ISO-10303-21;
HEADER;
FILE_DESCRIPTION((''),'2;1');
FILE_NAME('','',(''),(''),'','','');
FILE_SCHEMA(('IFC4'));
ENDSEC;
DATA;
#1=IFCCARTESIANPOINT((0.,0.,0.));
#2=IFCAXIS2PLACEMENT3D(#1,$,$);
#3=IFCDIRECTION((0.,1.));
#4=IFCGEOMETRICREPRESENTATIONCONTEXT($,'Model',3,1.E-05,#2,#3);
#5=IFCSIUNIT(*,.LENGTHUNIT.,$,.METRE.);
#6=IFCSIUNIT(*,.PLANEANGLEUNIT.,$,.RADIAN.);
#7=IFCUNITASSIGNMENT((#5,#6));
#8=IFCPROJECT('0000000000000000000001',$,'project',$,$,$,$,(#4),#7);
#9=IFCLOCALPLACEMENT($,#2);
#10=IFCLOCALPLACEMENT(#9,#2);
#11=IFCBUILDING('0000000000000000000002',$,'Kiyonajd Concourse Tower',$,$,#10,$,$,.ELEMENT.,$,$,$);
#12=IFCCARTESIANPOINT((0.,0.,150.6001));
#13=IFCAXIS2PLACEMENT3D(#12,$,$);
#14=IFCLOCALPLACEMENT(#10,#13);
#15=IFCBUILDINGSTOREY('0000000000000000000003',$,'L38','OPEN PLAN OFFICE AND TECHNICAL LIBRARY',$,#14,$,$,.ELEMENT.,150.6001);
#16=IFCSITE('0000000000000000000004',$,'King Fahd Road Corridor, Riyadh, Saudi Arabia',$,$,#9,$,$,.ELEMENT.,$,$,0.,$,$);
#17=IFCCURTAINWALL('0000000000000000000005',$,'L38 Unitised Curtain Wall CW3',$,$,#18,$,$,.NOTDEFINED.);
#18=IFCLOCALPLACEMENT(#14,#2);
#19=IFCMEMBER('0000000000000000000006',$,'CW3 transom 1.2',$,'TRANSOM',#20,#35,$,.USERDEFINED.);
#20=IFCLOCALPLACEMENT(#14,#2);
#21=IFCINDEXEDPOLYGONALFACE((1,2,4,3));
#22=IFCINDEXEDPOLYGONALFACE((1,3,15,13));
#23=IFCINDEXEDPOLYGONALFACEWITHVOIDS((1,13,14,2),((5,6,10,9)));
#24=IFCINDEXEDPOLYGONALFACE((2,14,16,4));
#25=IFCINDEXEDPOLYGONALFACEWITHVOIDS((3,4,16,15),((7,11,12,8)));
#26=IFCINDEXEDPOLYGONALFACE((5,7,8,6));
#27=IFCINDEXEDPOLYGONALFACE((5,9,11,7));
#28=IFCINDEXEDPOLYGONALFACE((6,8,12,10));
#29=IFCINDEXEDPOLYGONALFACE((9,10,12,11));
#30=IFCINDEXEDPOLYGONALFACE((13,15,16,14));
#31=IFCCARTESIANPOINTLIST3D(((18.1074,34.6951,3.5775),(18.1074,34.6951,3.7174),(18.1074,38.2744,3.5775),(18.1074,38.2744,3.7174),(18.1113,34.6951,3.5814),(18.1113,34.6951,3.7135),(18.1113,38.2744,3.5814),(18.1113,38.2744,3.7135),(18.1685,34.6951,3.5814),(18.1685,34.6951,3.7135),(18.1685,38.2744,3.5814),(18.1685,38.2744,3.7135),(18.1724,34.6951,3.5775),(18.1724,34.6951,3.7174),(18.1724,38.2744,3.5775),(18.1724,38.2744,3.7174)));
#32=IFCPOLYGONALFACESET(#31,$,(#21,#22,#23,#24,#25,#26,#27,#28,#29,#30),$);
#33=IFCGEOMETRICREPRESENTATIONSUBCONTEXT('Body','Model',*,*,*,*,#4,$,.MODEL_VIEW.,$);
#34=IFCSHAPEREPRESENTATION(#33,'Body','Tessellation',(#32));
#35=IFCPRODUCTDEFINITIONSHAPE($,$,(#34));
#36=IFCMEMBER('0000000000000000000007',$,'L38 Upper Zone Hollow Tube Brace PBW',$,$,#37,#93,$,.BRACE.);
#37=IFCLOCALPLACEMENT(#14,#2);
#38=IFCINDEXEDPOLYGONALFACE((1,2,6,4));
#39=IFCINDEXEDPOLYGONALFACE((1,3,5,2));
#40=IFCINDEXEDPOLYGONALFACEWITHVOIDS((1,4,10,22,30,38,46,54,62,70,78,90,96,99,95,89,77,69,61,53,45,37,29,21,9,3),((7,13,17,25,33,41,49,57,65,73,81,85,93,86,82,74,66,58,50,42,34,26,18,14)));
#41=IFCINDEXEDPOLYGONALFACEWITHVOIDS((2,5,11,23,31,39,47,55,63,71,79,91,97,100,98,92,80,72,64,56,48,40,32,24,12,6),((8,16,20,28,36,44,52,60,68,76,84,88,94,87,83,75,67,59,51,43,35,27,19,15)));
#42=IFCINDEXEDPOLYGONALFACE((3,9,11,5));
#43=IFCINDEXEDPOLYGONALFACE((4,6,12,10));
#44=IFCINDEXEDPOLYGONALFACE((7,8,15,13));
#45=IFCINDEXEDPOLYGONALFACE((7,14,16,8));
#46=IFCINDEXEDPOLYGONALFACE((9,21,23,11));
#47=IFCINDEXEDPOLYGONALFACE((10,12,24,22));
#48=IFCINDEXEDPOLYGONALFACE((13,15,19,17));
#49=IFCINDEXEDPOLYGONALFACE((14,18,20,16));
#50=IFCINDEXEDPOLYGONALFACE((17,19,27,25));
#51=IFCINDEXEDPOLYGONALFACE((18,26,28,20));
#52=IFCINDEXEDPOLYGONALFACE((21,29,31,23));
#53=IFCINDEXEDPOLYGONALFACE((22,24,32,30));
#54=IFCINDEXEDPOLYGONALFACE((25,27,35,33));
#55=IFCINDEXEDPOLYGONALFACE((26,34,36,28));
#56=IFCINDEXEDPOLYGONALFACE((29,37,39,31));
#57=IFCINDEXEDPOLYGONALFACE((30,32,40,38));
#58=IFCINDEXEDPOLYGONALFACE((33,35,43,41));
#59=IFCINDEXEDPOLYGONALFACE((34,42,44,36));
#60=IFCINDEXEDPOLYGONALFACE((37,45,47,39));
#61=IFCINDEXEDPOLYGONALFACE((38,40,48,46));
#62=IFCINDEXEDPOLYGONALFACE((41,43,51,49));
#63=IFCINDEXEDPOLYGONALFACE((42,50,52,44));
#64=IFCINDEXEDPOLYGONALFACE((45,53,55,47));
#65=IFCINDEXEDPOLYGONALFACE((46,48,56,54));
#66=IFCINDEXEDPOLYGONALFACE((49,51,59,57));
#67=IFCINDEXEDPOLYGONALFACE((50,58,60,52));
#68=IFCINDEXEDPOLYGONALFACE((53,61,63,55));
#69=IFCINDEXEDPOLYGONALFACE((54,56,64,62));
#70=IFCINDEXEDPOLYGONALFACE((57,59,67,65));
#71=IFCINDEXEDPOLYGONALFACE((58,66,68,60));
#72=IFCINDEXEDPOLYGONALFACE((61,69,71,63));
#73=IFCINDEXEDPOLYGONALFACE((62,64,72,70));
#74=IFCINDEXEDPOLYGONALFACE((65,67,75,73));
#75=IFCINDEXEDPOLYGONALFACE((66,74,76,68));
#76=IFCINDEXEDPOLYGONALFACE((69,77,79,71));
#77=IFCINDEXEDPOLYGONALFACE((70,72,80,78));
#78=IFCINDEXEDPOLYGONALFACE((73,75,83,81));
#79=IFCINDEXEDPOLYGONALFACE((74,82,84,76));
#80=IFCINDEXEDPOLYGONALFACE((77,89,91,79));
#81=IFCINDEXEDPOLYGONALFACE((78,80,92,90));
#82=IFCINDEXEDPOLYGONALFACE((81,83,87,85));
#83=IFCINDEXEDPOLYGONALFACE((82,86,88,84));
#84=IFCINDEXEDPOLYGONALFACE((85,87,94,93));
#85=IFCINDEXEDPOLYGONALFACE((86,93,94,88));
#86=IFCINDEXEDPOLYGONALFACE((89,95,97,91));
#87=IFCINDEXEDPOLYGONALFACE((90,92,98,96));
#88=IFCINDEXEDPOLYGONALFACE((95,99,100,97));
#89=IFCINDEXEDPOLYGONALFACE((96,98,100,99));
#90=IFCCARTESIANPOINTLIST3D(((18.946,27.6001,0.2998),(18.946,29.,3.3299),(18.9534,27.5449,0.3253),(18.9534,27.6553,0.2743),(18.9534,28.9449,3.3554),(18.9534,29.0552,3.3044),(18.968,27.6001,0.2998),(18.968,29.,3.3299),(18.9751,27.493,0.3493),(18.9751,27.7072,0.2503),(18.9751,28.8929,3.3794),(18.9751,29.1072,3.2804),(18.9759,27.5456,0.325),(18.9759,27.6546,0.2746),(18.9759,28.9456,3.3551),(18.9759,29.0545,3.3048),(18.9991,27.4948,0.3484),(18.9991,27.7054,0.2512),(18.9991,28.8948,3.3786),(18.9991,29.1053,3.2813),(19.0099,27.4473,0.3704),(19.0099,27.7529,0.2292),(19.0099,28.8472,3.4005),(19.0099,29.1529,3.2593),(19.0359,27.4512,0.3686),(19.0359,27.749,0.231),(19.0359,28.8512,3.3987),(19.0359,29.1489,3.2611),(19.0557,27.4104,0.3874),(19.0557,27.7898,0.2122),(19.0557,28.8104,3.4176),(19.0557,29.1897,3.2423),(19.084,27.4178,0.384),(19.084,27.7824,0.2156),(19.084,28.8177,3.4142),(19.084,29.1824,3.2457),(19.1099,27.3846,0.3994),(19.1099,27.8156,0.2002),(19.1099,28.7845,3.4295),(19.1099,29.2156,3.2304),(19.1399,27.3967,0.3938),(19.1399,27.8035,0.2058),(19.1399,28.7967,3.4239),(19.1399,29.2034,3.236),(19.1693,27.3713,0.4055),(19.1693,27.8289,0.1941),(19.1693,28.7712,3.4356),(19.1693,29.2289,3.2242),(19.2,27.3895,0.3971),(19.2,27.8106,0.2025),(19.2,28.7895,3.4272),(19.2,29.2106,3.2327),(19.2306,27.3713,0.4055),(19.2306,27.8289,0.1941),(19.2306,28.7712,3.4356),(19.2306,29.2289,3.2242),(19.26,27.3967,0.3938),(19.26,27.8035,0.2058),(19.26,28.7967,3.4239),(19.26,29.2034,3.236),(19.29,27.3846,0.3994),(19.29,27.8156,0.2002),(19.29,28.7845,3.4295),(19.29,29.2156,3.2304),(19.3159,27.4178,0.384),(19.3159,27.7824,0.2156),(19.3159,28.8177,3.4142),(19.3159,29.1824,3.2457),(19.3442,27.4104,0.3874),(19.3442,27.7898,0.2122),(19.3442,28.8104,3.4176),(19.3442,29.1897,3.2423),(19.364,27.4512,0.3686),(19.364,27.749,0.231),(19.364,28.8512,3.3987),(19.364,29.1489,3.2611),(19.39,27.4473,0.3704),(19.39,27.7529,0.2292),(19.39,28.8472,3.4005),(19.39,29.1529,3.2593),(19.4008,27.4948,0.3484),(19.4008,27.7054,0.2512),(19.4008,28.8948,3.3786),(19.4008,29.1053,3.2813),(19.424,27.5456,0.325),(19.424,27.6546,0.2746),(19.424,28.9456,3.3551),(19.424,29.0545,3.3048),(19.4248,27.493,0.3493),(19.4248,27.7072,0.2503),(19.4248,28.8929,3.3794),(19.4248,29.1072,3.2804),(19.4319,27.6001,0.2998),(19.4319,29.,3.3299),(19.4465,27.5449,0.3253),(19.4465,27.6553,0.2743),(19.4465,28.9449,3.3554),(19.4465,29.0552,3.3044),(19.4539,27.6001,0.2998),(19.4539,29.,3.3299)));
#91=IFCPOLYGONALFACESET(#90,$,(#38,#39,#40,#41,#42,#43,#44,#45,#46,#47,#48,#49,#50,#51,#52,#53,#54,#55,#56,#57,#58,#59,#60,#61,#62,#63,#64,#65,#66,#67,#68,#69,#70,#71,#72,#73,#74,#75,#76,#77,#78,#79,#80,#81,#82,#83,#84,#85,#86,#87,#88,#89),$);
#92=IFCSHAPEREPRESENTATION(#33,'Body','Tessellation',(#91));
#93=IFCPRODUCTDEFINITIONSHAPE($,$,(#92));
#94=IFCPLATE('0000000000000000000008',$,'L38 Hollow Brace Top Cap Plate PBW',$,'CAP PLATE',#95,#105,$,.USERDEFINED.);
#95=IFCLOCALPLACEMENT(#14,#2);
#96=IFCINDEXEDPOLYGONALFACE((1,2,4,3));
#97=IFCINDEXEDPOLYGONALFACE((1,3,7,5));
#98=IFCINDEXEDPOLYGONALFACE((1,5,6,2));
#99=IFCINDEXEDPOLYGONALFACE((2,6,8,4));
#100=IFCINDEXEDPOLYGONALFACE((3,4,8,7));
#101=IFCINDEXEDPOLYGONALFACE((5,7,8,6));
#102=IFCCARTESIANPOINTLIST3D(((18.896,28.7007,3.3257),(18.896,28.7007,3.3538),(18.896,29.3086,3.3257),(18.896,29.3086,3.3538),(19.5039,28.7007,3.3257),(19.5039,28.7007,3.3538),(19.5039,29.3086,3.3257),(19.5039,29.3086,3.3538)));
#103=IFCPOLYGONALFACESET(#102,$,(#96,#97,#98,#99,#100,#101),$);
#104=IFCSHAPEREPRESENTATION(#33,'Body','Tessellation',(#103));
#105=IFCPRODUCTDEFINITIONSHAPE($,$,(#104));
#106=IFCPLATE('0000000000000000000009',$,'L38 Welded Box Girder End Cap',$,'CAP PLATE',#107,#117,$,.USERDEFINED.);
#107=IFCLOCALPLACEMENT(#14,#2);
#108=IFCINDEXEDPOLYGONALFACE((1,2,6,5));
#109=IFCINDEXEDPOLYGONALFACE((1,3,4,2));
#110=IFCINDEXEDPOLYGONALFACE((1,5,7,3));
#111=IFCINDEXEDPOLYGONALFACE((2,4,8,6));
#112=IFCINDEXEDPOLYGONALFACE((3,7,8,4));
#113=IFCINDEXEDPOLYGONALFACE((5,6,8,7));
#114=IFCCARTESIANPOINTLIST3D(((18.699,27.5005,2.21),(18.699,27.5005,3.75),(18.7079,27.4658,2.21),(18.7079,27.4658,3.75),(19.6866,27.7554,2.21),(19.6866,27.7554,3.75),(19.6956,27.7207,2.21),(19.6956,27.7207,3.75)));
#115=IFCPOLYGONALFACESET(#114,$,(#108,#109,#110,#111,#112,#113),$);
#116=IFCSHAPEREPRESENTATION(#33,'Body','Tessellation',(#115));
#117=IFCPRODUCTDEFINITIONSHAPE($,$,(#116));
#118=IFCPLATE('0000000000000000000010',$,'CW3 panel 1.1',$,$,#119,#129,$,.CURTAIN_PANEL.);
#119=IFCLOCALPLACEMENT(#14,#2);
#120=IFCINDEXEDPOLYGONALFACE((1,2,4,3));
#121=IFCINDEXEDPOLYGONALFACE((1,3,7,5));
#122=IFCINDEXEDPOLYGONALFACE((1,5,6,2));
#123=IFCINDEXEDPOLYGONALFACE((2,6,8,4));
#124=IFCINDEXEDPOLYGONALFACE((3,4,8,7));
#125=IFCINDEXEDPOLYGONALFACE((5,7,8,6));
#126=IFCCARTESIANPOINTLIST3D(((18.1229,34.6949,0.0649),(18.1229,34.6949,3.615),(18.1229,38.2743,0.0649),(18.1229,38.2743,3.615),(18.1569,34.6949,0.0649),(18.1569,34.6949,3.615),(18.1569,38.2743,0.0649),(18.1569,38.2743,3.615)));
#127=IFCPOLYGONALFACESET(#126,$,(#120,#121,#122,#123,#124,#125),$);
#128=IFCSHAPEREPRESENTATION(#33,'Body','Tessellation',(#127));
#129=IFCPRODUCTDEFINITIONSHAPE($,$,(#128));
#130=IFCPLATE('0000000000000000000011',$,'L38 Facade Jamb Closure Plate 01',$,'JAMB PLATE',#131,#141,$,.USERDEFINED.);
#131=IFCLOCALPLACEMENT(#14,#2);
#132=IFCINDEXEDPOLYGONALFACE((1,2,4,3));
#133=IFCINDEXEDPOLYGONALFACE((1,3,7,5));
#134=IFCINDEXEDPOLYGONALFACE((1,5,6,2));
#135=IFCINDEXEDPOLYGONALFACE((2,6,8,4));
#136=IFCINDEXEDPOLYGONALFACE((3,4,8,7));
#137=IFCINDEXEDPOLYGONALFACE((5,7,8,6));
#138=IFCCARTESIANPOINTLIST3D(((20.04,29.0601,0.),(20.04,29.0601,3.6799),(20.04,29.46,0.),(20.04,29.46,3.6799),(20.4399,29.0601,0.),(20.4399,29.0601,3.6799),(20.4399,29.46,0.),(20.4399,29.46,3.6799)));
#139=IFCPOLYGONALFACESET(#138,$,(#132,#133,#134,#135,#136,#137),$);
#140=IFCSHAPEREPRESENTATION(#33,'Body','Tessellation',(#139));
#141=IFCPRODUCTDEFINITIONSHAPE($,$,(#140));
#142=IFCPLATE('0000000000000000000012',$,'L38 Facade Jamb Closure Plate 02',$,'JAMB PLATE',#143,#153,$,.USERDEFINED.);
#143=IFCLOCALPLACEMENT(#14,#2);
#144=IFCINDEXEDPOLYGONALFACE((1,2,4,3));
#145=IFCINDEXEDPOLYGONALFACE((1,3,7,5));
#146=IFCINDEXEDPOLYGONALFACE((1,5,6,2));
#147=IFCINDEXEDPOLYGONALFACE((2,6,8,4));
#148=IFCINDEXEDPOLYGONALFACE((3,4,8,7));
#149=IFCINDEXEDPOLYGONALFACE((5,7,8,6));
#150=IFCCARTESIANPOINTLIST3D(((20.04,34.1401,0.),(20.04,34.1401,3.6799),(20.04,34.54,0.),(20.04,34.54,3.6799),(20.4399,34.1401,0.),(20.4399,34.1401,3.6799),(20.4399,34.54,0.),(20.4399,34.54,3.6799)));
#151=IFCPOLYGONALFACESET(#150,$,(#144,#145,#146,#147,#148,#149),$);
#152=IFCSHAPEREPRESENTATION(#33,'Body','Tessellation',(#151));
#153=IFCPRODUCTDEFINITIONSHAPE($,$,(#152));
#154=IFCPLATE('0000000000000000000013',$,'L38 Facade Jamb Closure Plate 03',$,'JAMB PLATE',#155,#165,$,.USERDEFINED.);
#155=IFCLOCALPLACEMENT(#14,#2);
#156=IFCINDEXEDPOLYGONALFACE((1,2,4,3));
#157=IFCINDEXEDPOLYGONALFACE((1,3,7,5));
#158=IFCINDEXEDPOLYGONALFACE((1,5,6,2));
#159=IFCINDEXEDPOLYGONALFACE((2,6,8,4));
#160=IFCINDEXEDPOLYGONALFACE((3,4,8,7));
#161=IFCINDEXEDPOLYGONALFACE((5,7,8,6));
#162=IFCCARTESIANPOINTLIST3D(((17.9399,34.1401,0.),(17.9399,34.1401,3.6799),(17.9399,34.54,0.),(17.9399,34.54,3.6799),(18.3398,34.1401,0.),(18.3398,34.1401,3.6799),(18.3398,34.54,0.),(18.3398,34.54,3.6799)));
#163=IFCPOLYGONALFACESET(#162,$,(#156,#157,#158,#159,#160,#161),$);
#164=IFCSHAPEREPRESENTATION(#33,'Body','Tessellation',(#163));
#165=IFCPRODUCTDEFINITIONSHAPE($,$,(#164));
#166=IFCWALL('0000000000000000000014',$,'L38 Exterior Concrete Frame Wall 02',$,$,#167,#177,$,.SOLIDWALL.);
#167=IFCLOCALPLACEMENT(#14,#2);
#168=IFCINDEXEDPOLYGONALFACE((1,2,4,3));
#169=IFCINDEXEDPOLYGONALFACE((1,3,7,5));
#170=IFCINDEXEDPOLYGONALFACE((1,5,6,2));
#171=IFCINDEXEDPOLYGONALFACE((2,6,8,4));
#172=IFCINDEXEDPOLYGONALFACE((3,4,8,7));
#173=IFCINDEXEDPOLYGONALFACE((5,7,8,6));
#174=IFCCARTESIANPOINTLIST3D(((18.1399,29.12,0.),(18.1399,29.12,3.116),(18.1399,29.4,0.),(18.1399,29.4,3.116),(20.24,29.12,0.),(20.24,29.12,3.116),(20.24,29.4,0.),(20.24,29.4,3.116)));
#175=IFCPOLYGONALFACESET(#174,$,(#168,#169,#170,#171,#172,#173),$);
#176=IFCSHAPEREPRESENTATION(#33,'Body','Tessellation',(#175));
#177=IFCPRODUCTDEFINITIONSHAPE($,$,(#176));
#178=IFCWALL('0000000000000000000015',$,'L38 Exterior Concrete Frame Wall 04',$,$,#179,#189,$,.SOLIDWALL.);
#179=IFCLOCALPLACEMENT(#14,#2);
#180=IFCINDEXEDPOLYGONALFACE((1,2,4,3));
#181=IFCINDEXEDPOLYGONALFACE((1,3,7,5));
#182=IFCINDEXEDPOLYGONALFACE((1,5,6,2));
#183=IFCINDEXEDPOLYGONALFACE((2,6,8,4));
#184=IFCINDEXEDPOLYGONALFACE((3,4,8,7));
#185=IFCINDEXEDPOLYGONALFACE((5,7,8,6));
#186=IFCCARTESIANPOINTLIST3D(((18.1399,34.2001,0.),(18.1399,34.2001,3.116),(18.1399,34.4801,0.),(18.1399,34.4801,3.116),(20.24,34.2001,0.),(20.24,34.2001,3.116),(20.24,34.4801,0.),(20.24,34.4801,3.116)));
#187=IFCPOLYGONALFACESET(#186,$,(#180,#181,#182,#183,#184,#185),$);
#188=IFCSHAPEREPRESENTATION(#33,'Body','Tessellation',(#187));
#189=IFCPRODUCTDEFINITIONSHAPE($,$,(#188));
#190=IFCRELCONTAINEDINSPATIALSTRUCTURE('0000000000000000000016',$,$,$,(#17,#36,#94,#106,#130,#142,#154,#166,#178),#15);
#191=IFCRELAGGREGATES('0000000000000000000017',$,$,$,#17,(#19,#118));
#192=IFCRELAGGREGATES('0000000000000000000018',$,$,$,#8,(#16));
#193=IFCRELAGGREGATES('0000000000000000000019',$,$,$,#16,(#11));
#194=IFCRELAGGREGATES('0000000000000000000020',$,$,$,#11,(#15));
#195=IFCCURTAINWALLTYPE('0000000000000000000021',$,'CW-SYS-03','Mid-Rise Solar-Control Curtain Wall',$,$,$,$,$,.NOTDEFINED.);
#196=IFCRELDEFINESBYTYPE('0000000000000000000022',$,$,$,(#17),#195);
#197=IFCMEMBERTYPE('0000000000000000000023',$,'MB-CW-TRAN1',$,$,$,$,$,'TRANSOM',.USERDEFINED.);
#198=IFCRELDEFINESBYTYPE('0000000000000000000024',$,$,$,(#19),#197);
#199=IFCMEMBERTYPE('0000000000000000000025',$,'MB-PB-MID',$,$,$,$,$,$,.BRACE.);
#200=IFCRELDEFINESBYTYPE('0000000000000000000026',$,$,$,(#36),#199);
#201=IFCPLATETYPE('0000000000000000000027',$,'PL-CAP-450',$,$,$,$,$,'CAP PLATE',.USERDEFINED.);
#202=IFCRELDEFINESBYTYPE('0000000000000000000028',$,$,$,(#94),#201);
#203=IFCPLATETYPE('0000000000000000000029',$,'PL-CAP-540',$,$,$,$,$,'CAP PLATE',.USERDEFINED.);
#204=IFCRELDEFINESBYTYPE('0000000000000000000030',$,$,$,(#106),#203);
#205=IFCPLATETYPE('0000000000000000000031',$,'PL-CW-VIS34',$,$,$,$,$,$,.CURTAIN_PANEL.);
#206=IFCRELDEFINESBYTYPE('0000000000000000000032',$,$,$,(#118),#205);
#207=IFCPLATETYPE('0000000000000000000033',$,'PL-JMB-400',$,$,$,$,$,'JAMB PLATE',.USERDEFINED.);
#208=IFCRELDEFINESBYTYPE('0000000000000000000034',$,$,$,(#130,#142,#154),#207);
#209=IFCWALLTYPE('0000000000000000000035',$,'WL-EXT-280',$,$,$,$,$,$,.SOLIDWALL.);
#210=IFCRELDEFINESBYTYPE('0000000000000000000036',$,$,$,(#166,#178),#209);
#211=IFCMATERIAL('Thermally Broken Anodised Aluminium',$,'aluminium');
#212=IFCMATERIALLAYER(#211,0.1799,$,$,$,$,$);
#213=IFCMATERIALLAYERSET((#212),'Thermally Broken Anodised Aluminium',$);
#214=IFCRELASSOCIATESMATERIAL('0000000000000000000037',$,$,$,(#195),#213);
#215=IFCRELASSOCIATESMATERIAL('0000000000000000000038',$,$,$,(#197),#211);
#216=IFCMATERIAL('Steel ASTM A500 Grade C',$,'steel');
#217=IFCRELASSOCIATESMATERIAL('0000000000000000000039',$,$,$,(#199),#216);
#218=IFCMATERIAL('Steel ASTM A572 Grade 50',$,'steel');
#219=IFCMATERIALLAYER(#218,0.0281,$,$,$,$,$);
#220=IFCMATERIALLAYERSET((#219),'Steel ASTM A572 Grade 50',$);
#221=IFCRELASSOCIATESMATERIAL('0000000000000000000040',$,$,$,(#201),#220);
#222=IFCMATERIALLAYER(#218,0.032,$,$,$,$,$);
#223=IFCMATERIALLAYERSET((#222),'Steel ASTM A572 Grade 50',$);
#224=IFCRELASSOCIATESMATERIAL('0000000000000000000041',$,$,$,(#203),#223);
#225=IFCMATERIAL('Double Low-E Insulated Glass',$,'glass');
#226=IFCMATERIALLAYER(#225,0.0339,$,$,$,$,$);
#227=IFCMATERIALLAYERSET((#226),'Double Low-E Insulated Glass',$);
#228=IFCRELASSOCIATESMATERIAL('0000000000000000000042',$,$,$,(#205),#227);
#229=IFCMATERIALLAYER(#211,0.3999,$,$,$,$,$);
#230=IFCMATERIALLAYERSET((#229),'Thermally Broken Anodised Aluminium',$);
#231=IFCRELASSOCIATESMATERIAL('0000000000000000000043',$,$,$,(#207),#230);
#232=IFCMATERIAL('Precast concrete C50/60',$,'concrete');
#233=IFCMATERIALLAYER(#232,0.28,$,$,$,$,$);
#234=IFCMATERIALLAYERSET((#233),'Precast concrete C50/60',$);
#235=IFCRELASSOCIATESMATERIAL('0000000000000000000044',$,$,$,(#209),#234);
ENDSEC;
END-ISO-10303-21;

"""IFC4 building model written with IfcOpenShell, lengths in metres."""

from ifc_helpers import new_model, si_unit, direction, frame, frame_2d, origin, origin_2d, place, context, subcontext, project, spatial, rectangle, hollow_rectangle, hollow_circle, extrude, material, layer, layer_set, material_profile, profile_set, type_object, element, aggregate, save


model = new_model("IFC4")

# Units and contexts
model_context = context("Model", 3, precision=1e-05, world=origin(), true_north=direction((0.0, 1.0)))
body_context = subcontext(model_context, "Body", "Model", "MODEL_VIEW")
ifc_project = project(units=[si_unit("LENGTHUNIT", "METRE"), si_unit("PLANEANGLEUNIT", "RADIAN")], contexts=[model_context])

# Site, building, storey
site_placement = place(None, origin())
site = spatial("IfcSite", under=ifc_project, at=site_placement, Name="King Fahd Road Corridor, Riyadh, Saudi Arabia", CompositionType="ELEMENT", RefElevation=0.0)
building_placement = place(site_placement, origin())
building = spatial("IfcBuilding", under=site, at=building_placement, Name="Kiyonajd Concourse Tower", CompositionType="ELEMENT")
storey_placement = place(building_placement, frame((0.0, 0.0, 150.6001)))
storey = spatial("IfcBuildingStorey", under=building, at=storey_placement, Name="L38", Description="OPEN PLAN OFFICE AND TECHNICAL LIBRARY", CompositionType="ELEMENT", Elevation=150.6001)

# Shared definitions
ifc_material_1 = material(Name="Steel ASTM A572 Grade 50", Category="steel")

# Curtain wall, member
ifc_material_2 = material(Name="Thermally Broken Anodised Aluminium", Category="aluminium")
ifc_layer_1 = layer(ifc_material_2, 0.1799)
ifc_layer_set_1 = layer_set([ifc_layer_1], Name="Thermally Broken Anodised Aluminium")
curtain_wall_type = type_object("IfcCurtainWallType", Name="CW-SYS-03", Description="Mid-Rise Solar-Control Curtain Wall", PredefinedType="NOTDEFINED", material=ifc_layer_set_1)
curtain_wall_placement = place(storey_placement, origin())
curtain_wall = element("IfcCurtainWall", 1, at=curtain_wall_placement, inside=storey, type_object=curtain_wall_type, Name="L38 Unitised Curtain Wall CW3", PredefinedType="NOTDEFINED")
ifc_material_profile_1 = material_profile(ifc_material_2, hollow_rectangle(XDim=0.0649, YDim=0.1399, WallThickness=0.0039, at=origin_2d()), Name="TRAN-65x140")
ifc_profile_set_1 = profile_set([ifc_material_profile_1], Name="Thermally Broken Anodised Aluminium")
member_type_1 = type_object("IfcMemberType", Name="MB-CW-TRAN1", ElementType="TRANSOM", PredefinedType="USERDEFINED", material=ifc_profile_set_1)
member_1_placement = place(storey_placement, frame((18.1399, 34.6951, 3.6475), z_axis=(0.0, 1.0, 0.0), x_axis=(-1.0, 0.0, 0.0)))
member_1 = element("IfcMember", 2, at=member_1_placement, type_object=member_type_1, Name="CW3 transom 1.2", ObjectType="TRANSOM", PredefinedType="USERDEFINED", context=body_context, shape_type="SweptSolid", body=[
    extrude(hollow_rectangle(XDim=0.0649, YDim=0.1399, WallThickness=0.0039, at=origin_2d()), origin(), (0.0, 0.0, 1.0), 3.5793),
])

# Member
ifc_material_3 = material(Name="Steel ASTM A500 Grade C", Category="steel")
ifc_material_profile_2 = material_profile(ifc_material_3, hollow_circle(Radius=0.2539, WallThickness=0.022, at=origin_2d()), Name="CHS-508x22")
ifc_profile_set_2 = profile_set([ifc_material_profile_2], Name="Steel ASTM A500 Grade C")
member_type_2 = type_object("IfcMemberType", Name="MB-PB-MID", PredefinedType="BRACE", material=ifc_profile_set_2)
member_2_placement = place(storey_placement, frame((19.2, 27.6001, 0.2998), z_axis=(0.0, 0.419411, 0.907797), x_axis=(-1.0, 0.0, 0.0)))
element("IfcMember", 3, at=member_2_placement, inside=storey, type_object=member_type_2, Name="L38 Upper Zone Hollow Tube Brace PBW", PredefinedType="BRACE", context=body_context, shape_type="SweptSolid", body=[
    extrude(hollow_circle(Radius=0.2539, WallThickness=0.022, at=origin_2d()), origin(), (0.0, 0.0, 1.0), 3.3379),
])

# Plates
ifc_layer_2 = layer(ifc_material_1, 0.0281)
ifc_layer_set_2 = layer_set([ifc_layer_2], Name="Steel ASTM A572 Grade 50")
plate_type_1 = type_object("IfcPlateType", Name="PL-CAP-450", ElementType="CAP PLATE", PredefinedType="USERDEFINED", material=ifc_layer_set_2)
plate_1_placement = place(storey_placement, frame((19.2, 29.0046, 3.3257), z_axis=(0.0, 0.0, 1.0), x_axis=(1.0, 0.0, 0.0)))
element("IfcPlate", 4, at=plate_1_placement, inside=storey, type_object=plate_type_1, Name="L38 Hollow Brace Top Cap Plate PBW", ObjectType="CAP PLATE", PredefinedType="USERDEFINED", context=body_context, shape_type="SweptSolid", body=[
    extrude(rectangle(XDim=0.6079, YDim=0.6079, at=origin_2d()), origin(), (0.0, 0.0, 1.0), 0.0281),
])
ifc_layer_3 = layer(ifc_material_1, 0.032)
ifc_layer_set_3 = layer_set([ifc_layer_3], Name="Steel ASTM A572 Grade 50")
plate_type_2 = type_object("IfcPlateType", Name="PL-CAP-540", ElementType="CAP PLATE", PredefinedType="USERDEFINED", material=ifc_layer_set_3)
plate_2_placement = place(storey_placement, frame((19.1973, 27.6106, 2.21), z_axis=(0.0, 0.0, 1.0), x_axis=(-0.249873, 0.968279, 0.0)))
element("IfcPlate", 5, at=plate_2_placement, inside=storey, type_object=plate_type_2, Name="L38 Welded Box Girder End Cap", ObjectType="CAP PLATE", PredefinedType="USERDEFINED", context=body_context, shape_type="SweptSolid", body=[
    extrude(rectangle(XDim=0.0359, YDim=1.02, at=origin_2d()), origin(), (0.0, 0.0, 1.0), 1.54),
])

# Plate
ifc_material_4 = material(Name="Double Low-E Insulated Glass", Category="glass")
ifc_layer_4 = layer(ifc_material_4, 0.0339)
ifc_layer_set_4 = layer_set([ifc_layer_4], Name="Double Low-E Insulated Glass")
plate_type_3 = type_object("IfcPlateType", Name="PL-CW-VIS34", PredefinedType="CURTAIN_PANEL", material=ifc_layer_set_4)
plate_3_placement = place(storey_placement, frame((18.1399, 36.4846, 0.0649), z_axis=(0.0, 0.0, 1.0), x_axis=(0.0, 1.0, 0.0)))
plate_3 = element("IfcPlate", 6, at=plate_3_placement, type_object=plate_type_3, Name="CW3 panel 1.1", PredefinedType="CURTAIN_PANEL", context=body_context, shape_type="SweptSolid", body=[
    extrude(rectangle(XDim=3.5793, YDim=0.0339, at=origin_2d()), origin(), (0.0, 0.0, 1.0), 3.55),
])
aggregate(curtain_wall, [member_1, plate_3])

# Plates
ifc_layer_5 = layer(ifc_material_2, 0.3999)
ifc_layer_set_5 = layer_set([ifc_layer_5], Name="Thermally Broken Anodised Aluminium")
plate_type_4 = type_object("IfcPlateType", Name="PL-JMB-400", ElementType="JAMB PLATE", PredefinedType="USERDEFINED", material=ifc_layer_set_5)
for number, where, z_axis, x_axis, name in (
    (7, (20.24, 29.26, 0.0), (0.0, 0.0, 1.0), (1.0, 0.0, 0.0), "L38 Facade Jamb Closure Plate 01"),
    (8, (20.24, 34.3401, 0.0), (0.0, 0.0, 1.0), (1.0, 0.0, 0.0), "L38 Facade Jamb Closure Plate 02"),
    (9, (18.1399, 34.3401, 0.0), (0.0, 0.0, 1.0), (1.0, 0.0, 0.0), "L38 Facade Jamb Closure Plate 03"),
):
    element("IfcPlate", number, at=place(storey_placement, frame(where, z_axis=z_axis, x_axis=x_axis)), inside=storey, type_object=plate_type_4, Name=name, ObjectType="JAMB PLATE", PredefinedType="USERDEFINED", context=body_context, shape_type="SweptSolid", body=[
        extrude(rectangle(XDim=0.3999, YDim=0.3999, at=origin_2d()), origin(), (0.0, 0.0, 1.0), 3.6799),
    ])

# Walls
ifc_material_5 = material(Name="Precast concrete C50/60", Category="concrete")
ifc_layer_6 = layer(ifc_material_5, 0.28)
ifc_layer_set_6 = layer_set([ifc_layer_6], Name="Precast concrete C50/60")
wall_type_1 = type_object("IfcWallType", Name="WL-EXT-280", PredefinedType="SOLIDWALL", material=ifc_layer_set_6)
for number, where, z_axis, x_axis, name in (
    (10, (18.1399, 29.26, 0.0), (0.0, 0.0, 1.0), (1.0, 0.0, 0.0), "L38 Exterior Concrete Frame Wall 02"),
    (11, (20.24, 34.3401, 0.0), (0.0, 0.0, 1.0), (-1.0, 0.0, 0.0), "L38 Exterior Concrete Frame Wall 04"),
):
    element("IfcWall", number, at=place(storey_placement, frame(where, z_axis=z_axis, x_axis=x_axis)), inside=storey, type_object=wall_type_1, Name=name, PredefinedType="SOLIDWALL", context=body_context, shape_type="SweptSolid", body=[
        extrude(rectangle(XDim=2.1001, YDim=0.28, at=frame_2d((1.05, 0.0))), origin(), (0.0, 0.0, 1.0), 3.116),
    ])

save(model, "model.ifc")
